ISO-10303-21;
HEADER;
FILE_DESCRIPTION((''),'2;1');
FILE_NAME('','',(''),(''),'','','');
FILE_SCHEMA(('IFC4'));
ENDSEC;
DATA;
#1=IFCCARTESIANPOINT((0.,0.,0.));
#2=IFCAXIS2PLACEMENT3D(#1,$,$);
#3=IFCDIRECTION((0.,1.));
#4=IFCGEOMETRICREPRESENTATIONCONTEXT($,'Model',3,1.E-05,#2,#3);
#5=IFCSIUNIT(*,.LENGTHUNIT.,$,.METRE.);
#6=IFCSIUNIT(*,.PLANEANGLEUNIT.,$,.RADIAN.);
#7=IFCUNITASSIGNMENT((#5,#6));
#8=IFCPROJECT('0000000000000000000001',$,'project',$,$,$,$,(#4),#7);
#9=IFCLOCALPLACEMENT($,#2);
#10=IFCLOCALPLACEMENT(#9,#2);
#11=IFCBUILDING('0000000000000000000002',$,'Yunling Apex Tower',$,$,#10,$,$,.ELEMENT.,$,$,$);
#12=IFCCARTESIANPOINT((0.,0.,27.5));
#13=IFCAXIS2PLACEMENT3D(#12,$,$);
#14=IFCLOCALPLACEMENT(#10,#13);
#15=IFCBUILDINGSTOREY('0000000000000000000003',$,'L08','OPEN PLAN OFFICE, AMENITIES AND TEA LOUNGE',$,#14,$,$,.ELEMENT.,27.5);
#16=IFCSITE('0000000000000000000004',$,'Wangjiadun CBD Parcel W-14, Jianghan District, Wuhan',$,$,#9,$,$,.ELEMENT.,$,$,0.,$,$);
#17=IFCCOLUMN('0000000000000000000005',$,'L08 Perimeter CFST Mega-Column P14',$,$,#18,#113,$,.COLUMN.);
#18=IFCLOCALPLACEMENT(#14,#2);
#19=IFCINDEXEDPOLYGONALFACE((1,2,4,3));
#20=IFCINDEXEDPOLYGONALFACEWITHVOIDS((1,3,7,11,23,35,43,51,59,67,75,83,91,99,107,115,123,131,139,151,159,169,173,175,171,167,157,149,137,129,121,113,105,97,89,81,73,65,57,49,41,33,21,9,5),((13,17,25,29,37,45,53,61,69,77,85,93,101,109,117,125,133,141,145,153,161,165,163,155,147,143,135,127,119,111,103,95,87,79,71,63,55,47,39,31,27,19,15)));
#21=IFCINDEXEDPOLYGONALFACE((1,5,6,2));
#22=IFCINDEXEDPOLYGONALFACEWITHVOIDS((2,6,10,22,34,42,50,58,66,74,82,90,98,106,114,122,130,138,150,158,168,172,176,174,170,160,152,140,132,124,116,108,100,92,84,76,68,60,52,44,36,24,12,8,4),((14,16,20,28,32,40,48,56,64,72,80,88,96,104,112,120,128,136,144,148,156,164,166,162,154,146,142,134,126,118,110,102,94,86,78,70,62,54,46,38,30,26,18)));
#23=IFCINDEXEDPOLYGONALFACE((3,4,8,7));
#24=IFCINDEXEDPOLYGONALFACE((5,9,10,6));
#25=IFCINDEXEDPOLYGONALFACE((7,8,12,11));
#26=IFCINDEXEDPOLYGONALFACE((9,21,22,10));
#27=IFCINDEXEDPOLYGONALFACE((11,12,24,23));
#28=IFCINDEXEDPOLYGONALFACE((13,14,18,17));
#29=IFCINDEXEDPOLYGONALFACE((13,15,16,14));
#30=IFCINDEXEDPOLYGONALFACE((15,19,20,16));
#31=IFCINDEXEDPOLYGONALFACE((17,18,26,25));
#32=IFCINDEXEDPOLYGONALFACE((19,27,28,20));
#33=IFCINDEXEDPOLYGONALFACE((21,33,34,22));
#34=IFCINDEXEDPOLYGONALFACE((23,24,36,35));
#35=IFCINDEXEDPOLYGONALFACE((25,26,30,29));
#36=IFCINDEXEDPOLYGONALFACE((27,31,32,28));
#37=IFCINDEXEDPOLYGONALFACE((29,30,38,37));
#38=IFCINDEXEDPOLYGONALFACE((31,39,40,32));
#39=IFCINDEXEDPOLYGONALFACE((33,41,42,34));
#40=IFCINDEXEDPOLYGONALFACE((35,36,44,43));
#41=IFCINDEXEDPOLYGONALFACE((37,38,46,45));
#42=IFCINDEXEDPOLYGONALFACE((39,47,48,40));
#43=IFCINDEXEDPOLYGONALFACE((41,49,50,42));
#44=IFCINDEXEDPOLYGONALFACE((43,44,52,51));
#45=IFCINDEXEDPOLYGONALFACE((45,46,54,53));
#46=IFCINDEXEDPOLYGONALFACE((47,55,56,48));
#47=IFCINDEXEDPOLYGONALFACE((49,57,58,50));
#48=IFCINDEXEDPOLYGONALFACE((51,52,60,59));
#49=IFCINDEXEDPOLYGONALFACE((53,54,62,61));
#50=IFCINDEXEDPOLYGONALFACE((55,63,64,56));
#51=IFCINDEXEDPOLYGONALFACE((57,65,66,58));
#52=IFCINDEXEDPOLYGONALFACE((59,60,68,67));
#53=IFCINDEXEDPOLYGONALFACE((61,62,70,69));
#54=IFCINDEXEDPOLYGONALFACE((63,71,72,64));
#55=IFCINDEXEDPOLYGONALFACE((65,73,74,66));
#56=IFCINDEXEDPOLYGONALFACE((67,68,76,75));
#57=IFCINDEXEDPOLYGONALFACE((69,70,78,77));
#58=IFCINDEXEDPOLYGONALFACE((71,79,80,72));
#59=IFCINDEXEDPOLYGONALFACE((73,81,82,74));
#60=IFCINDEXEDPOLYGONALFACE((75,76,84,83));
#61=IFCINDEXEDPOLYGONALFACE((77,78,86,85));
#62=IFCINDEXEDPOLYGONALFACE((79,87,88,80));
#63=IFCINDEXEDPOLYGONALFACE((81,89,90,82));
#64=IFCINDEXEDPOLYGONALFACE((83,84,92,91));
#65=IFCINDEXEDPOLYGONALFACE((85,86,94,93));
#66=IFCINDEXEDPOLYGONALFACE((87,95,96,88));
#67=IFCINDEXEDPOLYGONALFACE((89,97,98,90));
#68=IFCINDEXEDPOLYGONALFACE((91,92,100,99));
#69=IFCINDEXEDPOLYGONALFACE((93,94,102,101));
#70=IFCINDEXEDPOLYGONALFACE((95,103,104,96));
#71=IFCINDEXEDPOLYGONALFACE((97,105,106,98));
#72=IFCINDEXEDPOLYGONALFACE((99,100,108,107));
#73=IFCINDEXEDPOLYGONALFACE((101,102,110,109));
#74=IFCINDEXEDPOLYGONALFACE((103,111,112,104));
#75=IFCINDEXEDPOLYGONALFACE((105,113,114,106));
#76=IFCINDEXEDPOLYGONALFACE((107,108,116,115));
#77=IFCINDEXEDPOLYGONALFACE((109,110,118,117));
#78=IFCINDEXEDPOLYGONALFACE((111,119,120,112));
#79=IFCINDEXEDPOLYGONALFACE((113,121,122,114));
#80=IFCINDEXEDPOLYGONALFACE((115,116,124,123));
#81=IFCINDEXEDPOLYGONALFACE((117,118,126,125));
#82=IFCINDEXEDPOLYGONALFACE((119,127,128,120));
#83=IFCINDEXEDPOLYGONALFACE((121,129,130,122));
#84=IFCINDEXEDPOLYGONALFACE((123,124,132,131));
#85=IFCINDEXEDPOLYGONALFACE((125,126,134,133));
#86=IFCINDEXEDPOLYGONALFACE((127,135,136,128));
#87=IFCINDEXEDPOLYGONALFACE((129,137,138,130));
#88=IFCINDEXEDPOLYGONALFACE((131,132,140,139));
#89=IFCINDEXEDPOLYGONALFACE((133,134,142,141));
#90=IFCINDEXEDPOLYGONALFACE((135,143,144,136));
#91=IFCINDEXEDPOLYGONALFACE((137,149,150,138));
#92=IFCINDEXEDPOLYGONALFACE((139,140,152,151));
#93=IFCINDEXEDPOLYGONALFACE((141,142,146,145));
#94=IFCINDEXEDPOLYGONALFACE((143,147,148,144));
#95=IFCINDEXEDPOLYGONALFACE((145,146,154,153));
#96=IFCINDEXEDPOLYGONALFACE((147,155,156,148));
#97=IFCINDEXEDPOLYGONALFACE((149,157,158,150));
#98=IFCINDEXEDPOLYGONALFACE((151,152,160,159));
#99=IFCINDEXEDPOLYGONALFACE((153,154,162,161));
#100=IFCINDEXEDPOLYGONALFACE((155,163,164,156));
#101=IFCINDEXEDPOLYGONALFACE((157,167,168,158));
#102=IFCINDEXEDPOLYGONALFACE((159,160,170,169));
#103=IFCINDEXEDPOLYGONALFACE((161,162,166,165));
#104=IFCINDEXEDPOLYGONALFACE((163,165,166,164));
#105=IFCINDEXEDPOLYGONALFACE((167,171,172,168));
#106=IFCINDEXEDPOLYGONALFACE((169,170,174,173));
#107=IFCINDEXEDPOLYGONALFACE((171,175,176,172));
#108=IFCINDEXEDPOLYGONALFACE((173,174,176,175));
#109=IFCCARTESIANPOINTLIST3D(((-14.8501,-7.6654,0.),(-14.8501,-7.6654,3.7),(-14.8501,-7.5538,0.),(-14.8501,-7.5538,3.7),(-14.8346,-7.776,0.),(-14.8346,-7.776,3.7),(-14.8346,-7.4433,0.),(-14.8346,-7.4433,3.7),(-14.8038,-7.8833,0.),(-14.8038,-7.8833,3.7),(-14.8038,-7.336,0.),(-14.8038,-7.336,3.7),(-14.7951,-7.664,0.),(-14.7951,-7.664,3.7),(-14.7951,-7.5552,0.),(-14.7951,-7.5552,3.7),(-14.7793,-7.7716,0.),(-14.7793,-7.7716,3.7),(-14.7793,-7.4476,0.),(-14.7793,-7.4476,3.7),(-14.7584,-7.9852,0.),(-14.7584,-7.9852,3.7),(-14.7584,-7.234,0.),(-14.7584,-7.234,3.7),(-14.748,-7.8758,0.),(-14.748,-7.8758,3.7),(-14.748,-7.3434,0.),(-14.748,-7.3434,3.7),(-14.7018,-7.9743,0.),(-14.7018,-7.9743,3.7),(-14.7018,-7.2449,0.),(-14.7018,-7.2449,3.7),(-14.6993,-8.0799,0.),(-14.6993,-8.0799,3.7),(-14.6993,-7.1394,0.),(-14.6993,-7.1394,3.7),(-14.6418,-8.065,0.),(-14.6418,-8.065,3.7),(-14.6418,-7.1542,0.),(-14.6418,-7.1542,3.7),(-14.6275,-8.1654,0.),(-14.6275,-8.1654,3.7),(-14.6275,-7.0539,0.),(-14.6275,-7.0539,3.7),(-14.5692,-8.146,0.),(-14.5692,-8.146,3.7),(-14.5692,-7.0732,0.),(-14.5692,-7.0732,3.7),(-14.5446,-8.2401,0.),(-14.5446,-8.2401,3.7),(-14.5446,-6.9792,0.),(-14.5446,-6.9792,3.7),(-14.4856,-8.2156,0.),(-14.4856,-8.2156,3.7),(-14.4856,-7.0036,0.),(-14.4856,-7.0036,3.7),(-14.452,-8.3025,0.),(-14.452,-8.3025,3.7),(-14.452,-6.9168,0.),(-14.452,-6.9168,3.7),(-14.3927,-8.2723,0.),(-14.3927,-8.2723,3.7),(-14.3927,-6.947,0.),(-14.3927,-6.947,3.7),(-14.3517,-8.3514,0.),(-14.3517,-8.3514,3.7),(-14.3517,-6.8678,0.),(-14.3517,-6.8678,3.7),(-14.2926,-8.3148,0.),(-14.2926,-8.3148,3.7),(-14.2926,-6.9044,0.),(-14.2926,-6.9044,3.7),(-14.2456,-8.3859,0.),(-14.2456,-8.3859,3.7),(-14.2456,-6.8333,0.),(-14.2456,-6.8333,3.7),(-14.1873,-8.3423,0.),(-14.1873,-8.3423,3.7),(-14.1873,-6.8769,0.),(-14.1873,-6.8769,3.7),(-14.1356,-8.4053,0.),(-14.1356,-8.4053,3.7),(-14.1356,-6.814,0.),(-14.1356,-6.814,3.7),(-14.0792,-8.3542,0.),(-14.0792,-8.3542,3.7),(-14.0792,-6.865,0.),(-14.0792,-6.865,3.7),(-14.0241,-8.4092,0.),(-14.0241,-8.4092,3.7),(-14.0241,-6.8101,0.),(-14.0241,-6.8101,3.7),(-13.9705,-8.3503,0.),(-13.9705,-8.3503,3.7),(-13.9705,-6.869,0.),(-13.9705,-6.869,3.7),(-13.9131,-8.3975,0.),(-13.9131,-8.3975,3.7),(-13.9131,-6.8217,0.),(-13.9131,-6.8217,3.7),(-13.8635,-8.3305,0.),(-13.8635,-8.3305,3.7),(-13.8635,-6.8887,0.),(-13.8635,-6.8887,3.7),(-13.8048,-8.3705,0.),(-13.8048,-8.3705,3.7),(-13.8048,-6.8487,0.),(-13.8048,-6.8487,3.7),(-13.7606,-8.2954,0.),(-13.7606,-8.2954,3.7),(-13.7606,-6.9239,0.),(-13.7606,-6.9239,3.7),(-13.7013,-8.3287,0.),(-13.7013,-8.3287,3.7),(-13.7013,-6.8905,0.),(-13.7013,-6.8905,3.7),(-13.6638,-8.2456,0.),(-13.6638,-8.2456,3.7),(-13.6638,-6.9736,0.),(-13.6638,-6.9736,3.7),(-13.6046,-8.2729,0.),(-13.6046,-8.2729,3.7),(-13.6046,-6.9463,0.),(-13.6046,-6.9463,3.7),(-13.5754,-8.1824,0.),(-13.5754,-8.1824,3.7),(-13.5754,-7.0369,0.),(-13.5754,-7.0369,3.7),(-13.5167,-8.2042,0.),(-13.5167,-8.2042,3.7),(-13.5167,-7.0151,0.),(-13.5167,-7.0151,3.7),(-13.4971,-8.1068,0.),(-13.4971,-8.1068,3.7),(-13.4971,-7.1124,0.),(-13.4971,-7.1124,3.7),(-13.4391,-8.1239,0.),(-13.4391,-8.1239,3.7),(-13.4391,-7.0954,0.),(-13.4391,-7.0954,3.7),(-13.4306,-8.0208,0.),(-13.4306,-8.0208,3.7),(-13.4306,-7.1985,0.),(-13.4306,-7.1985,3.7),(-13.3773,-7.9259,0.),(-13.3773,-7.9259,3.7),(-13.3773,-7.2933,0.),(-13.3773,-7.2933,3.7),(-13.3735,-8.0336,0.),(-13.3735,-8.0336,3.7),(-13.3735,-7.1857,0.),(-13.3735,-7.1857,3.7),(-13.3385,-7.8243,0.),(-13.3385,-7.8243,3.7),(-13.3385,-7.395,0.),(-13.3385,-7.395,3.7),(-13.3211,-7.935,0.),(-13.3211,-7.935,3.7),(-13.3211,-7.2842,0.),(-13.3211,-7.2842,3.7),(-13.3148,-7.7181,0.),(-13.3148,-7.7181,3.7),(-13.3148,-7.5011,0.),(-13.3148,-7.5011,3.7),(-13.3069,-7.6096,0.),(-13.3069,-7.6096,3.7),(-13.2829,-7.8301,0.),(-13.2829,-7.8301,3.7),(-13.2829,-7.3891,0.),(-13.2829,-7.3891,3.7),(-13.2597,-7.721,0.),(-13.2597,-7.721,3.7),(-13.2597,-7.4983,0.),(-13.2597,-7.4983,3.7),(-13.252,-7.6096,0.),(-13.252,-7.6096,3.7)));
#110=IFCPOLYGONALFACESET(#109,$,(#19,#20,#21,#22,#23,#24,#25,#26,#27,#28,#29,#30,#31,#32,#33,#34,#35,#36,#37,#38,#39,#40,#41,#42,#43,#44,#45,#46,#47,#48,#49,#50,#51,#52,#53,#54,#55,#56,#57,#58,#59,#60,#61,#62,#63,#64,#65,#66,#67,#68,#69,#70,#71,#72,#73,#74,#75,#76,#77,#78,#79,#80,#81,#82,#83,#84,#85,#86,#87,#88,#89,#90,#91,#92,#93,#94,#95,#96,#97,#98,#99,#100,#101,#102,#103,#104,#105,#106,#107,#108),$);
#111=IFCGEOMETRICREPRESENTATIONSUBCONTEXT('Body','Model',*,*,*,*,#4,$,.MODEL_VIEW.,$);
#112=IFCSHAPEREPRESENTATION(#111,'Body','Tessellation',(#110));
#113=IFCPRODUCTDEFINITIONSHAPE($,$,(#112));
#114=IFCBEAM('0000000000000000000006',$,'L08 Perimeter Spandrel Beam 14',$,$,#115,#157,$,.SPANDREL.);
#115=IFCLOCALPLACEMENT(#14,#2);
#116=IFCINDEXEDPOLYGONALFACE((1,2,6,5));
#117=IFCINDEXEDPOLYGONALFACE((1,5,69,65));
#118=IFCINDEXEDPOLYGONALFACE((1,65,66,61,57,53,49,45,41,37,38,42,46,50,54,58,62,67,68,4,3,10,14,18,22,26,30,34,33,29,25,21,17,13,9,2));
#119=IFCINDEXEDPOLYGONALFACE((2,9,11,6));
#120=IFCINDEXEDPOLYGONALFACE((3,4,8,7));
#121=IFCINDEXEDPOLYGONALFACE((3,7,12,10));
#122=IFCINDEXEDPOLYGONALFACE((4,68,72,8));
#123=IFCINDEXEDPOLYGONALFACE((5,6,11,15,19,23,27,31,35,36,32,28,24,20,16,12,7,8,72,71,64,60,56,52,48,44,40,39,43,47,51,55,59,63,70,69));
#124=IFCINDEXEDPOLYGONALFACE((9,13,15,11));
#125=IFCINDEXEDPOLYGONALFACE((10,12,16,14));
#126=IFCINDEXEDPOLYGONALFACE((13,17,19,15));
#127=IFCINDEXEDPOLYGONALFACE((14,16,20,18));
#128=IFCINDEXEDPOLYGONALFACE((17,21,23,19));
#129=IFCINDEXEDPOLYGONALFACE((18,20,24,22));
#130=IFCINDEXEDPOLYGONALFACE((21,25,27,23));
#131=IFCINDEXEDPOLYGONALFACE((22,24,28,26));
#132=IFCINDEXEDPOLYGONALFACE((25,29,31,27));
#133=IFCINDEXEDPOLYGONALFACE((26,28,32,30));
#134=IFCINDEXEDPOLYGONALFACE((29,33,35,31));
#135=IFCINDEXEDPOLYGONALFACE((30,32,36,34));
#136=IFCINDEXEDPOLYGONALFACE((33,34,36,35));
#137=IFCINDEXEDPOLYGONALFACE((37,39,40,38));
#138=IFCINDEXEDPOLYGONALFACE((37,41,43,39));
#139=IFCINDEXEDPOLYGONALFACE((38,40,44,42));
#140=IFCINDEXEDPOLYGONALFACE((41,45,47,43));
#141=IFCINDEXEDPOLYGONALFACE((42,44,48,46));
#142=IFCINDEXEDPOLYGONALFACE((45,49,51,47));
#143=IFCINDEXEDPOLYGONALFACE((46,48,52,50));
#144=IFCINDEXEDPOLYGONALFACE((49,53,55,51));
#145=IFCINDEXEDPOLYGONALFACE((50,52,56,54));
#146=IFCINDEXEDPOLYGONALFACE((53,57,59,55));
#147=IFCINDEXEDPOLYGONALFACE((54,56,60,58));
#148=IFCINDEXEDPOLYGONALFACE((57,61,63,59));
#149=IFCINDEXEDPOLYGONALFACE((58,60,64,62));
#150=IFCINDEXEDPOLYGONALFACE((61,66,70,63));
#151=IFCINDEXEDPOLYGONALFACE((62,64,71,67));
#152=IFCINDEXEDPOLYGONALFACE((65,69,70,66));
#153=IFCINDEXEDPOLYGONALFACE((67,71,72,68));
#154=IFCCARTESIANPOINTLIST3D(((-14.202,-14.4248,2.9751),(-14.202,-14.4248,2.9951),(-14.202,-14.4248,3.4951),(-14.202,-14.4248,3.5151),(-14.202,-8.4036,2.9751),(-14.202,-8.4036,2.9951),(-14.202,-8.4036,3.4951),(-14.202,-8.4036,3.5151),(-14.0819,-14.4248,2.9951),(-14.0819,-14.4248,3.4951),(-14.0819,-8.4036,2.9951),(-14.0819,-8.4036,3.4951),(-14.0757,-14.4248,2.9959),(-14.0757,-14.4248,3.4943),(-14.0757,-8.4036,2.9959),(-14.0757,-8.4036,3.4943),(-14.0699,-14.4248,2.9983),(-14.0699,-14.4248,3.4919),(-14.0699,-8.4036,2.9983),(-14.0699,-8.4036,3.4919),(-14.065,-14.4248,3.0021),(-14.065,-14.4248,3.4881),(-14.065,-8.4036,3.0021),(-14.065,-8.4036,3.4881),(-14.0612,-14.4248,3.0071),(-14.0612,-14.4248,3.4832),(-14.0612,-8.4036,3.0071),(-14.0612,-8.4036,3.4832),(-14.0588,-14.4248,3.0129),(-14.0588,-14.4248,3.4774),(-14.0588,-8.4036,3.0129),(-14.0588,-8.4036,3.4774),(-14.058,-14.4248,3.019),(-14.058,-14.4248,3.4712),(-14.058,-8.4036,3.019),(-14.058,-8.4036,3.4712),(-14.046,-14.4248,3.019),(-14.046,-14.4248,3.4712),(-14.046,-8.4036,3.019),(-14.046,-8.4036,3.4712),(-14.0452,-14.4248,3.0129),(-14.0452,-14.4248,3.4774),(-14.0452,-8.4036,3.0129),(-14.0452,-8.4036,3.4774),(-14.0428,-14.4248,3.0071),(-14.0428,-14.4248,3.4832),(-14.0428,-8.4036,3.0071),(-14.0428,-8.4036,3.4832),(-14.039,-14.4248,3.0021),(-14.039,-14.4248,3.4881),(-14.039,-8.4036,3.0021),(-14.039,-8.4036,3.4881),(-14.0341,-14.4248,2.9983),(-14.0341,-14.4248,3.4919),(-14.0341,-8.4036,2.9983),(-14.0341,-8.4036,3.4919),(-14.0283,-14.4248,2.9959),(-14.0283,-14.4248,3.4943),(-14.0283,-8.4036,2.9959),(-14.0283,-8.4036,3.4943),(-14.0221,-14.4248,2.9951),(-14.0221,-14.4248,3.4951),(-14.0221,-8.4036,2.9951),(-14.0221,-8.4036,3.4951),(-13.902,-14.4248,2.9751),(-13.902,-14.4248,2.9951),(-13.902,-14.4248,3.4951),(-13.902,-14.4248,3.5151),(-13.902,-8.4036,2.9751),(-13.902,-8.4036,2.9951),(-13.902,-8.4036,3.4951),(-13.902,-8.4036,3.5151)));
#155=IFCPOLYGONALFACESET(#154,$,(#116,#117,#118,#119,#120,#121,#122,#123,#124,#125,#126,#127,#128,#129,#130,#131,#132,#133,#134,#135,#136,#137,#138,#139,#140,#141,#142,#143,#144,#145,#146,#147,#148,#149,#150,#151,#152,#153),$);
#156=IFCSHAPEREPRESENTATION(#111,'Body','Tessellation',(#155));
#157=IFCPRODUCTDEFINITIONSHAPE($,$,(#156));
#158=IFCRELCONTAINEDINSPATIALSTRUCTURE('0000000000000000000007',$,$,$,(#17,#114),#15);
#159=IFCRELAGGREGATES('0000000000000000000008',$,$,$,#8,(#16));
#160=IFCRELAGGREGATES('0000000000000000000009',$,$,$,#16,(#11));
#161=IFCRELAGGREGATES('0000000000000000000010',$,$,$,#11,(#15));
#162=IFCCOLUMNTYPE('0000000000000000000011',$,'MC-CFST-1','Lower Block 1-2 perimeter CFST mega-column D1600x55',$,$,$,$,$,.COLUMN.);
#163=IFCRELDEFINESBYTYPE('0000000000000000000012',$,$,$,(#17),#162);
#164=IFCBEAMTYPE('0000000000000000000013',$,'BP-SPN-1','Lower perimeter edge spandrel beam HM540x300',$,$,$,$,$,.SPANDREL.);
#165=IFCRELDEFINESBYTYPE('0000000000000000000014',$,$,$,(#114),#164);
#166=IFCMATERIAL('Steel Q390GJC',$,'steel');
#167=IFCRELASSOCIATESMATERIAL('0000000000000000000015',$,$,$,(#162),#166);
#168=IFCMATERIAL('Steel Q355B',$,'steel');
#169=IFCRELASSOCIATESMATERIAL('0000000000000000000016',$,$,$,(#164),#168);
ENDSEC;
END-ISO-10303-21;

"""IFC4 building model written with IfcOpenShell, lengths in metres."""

from ifc_helpers import new_model, si_unit, direction, frame, origin, origin_2d, place, context, subcontext, project, spatial, hollow_circle, i_section, extrude, source, transform, mapped, material, material_profile, profile_set, type_object, element, save


model = new_model("IFC4")

# Units and contexts
model_context = context("Model", 3, precision=1e-05, world=origin(), true_north=direction((0.0, 1.0)))
body_context = subcontext(model_context, "Body", "Model", "MODEL_VIEW")
ifc_project = project(units=[si_unit("LENGTHUNIT", "METRE"), si_unit("PLANEANGLEUNIT", "RADIAN")], contexts=[model_context])

# Site, building, storey
site_placement = place(None, origin())
site = spatial("IfcSite", under=ifc_project, at=site_placement, Name="Wangjiadun CBD Parcel W-14, Jianghan District, Wuhan", CompositionType="ELEMENT", RefElevation=0.0)
building_placement = place(site_placement, origin())
building = spatial("IfcBuilding", under=site, at=building_placement, Name="Yunling Apex Tower", CompositionType="ELEMENT")
storey_placement = place(building_placement, frame((0.0, 0.0, 27.5)))
storey = spatial("IfcBuildingStorey", under=building, at=storey_placement, Name="L08", Description="OPEN PLAN OFFICE, AMENITIES AND TEA LOUNGE", CompositionType="ELEMENT", Elevation=27.5)

# Column
ifc_material_1 = material(Name="Steel Q390GJC", Category="steel")
ifc_material_profile_1 = material_profile(ifc_material_1, hollow_circle(Radius=0.8, WallThickness=0.0549, at=origin_2d()))
ifc_profile_set_1 = profile_set([ifc_material_profile_1], Name="Steel Q390GJC")
column_type = type_object("IfcColumnType", Name="MC-CFST-1", Description="Lower Block 1-2 perimeter CFST mega-column D1600x55", PredefinedType="COLUMN", material=ifc_profile_set_1)
shared_shape_1 = source(origin(), body_context, "Body", "SweptSolid", [
    extrude(hollow_circle(Radius=0.8, WallThickness=0.0549, at=origin_2d()), origin(), (0.0, 0.0, 1.0), 3.7),
])
column_placement = place(storey_placement, frame((-14.052, -7.6096, 0.0), z_axis=(0.0, 0.0, 1.0), x_axis=(1.0, 0.0, 0.0)))
element("IfcColumn", 1, at=column_placement, inside=storey, type_object=column_type, Name="L08 Perimeter CFST Mega-Column P14", PredefinedType="COLUMN", context=body_context, shape_type="MappedRepresentation", body=[
    mapped(shared_shape_1, transform((0.0, 0.0, 0.0), scale=1.0)),
])

# Beam
ifc_material_2 = material(Name="Steel Q355B", Category="steel")
ifc_material_profile_2 = material_profile(ifc_material_2, i_section(OverallWidth=0.3, OverallDepth=0.54, WebThickness=0.012, FlangeThickness=0.02, FilletRadius=0.0239, at=origin_2d()))
ifc_profile_set_2 = profile_set([ifc_material_profile_2], Name="Steel Q355B")
beam_type_1 = type_object("IfcBeamType", Name="BP-SPN-1", Description="Lower perimeter edge spandrel beam HM540x300", PredefinedType="SPANDREL", material=ifc_profile_set_2)
shared_shape_2 = source(origin(), body_context, "Body", "SweptSolid", [
    extrude(i_section(OverallWidth=0.3, OverallDepth=0.54, WebThickness=0.012, FlangeThickness=0.02, FilletRadius=0.0239, at=origin_2d()), origin(), (0.0, 0.0, 1.0), 6.0212),
])
beam_1_placement = place(storey_placement, frame((-14.052, -8.4036, 3.2451), z_axis=(0.0, -1.0, 0.0), x_axis=(1.0, 0.0, 0.0)))
element("IfcBeam", 2, at=beam_1_placement, inside=storey, type_object=beam_type_1, Name="L08 Perimeter Spandrel Beam 14", PredefinedType="SPANDREL", context=body_context, shape_type="MappedRepresentation", body=[
    mapped(shared_shape_2, transform((0.0, 0.0, 0.0), scale=1.0)),
])

save(model, "model.ifc")
